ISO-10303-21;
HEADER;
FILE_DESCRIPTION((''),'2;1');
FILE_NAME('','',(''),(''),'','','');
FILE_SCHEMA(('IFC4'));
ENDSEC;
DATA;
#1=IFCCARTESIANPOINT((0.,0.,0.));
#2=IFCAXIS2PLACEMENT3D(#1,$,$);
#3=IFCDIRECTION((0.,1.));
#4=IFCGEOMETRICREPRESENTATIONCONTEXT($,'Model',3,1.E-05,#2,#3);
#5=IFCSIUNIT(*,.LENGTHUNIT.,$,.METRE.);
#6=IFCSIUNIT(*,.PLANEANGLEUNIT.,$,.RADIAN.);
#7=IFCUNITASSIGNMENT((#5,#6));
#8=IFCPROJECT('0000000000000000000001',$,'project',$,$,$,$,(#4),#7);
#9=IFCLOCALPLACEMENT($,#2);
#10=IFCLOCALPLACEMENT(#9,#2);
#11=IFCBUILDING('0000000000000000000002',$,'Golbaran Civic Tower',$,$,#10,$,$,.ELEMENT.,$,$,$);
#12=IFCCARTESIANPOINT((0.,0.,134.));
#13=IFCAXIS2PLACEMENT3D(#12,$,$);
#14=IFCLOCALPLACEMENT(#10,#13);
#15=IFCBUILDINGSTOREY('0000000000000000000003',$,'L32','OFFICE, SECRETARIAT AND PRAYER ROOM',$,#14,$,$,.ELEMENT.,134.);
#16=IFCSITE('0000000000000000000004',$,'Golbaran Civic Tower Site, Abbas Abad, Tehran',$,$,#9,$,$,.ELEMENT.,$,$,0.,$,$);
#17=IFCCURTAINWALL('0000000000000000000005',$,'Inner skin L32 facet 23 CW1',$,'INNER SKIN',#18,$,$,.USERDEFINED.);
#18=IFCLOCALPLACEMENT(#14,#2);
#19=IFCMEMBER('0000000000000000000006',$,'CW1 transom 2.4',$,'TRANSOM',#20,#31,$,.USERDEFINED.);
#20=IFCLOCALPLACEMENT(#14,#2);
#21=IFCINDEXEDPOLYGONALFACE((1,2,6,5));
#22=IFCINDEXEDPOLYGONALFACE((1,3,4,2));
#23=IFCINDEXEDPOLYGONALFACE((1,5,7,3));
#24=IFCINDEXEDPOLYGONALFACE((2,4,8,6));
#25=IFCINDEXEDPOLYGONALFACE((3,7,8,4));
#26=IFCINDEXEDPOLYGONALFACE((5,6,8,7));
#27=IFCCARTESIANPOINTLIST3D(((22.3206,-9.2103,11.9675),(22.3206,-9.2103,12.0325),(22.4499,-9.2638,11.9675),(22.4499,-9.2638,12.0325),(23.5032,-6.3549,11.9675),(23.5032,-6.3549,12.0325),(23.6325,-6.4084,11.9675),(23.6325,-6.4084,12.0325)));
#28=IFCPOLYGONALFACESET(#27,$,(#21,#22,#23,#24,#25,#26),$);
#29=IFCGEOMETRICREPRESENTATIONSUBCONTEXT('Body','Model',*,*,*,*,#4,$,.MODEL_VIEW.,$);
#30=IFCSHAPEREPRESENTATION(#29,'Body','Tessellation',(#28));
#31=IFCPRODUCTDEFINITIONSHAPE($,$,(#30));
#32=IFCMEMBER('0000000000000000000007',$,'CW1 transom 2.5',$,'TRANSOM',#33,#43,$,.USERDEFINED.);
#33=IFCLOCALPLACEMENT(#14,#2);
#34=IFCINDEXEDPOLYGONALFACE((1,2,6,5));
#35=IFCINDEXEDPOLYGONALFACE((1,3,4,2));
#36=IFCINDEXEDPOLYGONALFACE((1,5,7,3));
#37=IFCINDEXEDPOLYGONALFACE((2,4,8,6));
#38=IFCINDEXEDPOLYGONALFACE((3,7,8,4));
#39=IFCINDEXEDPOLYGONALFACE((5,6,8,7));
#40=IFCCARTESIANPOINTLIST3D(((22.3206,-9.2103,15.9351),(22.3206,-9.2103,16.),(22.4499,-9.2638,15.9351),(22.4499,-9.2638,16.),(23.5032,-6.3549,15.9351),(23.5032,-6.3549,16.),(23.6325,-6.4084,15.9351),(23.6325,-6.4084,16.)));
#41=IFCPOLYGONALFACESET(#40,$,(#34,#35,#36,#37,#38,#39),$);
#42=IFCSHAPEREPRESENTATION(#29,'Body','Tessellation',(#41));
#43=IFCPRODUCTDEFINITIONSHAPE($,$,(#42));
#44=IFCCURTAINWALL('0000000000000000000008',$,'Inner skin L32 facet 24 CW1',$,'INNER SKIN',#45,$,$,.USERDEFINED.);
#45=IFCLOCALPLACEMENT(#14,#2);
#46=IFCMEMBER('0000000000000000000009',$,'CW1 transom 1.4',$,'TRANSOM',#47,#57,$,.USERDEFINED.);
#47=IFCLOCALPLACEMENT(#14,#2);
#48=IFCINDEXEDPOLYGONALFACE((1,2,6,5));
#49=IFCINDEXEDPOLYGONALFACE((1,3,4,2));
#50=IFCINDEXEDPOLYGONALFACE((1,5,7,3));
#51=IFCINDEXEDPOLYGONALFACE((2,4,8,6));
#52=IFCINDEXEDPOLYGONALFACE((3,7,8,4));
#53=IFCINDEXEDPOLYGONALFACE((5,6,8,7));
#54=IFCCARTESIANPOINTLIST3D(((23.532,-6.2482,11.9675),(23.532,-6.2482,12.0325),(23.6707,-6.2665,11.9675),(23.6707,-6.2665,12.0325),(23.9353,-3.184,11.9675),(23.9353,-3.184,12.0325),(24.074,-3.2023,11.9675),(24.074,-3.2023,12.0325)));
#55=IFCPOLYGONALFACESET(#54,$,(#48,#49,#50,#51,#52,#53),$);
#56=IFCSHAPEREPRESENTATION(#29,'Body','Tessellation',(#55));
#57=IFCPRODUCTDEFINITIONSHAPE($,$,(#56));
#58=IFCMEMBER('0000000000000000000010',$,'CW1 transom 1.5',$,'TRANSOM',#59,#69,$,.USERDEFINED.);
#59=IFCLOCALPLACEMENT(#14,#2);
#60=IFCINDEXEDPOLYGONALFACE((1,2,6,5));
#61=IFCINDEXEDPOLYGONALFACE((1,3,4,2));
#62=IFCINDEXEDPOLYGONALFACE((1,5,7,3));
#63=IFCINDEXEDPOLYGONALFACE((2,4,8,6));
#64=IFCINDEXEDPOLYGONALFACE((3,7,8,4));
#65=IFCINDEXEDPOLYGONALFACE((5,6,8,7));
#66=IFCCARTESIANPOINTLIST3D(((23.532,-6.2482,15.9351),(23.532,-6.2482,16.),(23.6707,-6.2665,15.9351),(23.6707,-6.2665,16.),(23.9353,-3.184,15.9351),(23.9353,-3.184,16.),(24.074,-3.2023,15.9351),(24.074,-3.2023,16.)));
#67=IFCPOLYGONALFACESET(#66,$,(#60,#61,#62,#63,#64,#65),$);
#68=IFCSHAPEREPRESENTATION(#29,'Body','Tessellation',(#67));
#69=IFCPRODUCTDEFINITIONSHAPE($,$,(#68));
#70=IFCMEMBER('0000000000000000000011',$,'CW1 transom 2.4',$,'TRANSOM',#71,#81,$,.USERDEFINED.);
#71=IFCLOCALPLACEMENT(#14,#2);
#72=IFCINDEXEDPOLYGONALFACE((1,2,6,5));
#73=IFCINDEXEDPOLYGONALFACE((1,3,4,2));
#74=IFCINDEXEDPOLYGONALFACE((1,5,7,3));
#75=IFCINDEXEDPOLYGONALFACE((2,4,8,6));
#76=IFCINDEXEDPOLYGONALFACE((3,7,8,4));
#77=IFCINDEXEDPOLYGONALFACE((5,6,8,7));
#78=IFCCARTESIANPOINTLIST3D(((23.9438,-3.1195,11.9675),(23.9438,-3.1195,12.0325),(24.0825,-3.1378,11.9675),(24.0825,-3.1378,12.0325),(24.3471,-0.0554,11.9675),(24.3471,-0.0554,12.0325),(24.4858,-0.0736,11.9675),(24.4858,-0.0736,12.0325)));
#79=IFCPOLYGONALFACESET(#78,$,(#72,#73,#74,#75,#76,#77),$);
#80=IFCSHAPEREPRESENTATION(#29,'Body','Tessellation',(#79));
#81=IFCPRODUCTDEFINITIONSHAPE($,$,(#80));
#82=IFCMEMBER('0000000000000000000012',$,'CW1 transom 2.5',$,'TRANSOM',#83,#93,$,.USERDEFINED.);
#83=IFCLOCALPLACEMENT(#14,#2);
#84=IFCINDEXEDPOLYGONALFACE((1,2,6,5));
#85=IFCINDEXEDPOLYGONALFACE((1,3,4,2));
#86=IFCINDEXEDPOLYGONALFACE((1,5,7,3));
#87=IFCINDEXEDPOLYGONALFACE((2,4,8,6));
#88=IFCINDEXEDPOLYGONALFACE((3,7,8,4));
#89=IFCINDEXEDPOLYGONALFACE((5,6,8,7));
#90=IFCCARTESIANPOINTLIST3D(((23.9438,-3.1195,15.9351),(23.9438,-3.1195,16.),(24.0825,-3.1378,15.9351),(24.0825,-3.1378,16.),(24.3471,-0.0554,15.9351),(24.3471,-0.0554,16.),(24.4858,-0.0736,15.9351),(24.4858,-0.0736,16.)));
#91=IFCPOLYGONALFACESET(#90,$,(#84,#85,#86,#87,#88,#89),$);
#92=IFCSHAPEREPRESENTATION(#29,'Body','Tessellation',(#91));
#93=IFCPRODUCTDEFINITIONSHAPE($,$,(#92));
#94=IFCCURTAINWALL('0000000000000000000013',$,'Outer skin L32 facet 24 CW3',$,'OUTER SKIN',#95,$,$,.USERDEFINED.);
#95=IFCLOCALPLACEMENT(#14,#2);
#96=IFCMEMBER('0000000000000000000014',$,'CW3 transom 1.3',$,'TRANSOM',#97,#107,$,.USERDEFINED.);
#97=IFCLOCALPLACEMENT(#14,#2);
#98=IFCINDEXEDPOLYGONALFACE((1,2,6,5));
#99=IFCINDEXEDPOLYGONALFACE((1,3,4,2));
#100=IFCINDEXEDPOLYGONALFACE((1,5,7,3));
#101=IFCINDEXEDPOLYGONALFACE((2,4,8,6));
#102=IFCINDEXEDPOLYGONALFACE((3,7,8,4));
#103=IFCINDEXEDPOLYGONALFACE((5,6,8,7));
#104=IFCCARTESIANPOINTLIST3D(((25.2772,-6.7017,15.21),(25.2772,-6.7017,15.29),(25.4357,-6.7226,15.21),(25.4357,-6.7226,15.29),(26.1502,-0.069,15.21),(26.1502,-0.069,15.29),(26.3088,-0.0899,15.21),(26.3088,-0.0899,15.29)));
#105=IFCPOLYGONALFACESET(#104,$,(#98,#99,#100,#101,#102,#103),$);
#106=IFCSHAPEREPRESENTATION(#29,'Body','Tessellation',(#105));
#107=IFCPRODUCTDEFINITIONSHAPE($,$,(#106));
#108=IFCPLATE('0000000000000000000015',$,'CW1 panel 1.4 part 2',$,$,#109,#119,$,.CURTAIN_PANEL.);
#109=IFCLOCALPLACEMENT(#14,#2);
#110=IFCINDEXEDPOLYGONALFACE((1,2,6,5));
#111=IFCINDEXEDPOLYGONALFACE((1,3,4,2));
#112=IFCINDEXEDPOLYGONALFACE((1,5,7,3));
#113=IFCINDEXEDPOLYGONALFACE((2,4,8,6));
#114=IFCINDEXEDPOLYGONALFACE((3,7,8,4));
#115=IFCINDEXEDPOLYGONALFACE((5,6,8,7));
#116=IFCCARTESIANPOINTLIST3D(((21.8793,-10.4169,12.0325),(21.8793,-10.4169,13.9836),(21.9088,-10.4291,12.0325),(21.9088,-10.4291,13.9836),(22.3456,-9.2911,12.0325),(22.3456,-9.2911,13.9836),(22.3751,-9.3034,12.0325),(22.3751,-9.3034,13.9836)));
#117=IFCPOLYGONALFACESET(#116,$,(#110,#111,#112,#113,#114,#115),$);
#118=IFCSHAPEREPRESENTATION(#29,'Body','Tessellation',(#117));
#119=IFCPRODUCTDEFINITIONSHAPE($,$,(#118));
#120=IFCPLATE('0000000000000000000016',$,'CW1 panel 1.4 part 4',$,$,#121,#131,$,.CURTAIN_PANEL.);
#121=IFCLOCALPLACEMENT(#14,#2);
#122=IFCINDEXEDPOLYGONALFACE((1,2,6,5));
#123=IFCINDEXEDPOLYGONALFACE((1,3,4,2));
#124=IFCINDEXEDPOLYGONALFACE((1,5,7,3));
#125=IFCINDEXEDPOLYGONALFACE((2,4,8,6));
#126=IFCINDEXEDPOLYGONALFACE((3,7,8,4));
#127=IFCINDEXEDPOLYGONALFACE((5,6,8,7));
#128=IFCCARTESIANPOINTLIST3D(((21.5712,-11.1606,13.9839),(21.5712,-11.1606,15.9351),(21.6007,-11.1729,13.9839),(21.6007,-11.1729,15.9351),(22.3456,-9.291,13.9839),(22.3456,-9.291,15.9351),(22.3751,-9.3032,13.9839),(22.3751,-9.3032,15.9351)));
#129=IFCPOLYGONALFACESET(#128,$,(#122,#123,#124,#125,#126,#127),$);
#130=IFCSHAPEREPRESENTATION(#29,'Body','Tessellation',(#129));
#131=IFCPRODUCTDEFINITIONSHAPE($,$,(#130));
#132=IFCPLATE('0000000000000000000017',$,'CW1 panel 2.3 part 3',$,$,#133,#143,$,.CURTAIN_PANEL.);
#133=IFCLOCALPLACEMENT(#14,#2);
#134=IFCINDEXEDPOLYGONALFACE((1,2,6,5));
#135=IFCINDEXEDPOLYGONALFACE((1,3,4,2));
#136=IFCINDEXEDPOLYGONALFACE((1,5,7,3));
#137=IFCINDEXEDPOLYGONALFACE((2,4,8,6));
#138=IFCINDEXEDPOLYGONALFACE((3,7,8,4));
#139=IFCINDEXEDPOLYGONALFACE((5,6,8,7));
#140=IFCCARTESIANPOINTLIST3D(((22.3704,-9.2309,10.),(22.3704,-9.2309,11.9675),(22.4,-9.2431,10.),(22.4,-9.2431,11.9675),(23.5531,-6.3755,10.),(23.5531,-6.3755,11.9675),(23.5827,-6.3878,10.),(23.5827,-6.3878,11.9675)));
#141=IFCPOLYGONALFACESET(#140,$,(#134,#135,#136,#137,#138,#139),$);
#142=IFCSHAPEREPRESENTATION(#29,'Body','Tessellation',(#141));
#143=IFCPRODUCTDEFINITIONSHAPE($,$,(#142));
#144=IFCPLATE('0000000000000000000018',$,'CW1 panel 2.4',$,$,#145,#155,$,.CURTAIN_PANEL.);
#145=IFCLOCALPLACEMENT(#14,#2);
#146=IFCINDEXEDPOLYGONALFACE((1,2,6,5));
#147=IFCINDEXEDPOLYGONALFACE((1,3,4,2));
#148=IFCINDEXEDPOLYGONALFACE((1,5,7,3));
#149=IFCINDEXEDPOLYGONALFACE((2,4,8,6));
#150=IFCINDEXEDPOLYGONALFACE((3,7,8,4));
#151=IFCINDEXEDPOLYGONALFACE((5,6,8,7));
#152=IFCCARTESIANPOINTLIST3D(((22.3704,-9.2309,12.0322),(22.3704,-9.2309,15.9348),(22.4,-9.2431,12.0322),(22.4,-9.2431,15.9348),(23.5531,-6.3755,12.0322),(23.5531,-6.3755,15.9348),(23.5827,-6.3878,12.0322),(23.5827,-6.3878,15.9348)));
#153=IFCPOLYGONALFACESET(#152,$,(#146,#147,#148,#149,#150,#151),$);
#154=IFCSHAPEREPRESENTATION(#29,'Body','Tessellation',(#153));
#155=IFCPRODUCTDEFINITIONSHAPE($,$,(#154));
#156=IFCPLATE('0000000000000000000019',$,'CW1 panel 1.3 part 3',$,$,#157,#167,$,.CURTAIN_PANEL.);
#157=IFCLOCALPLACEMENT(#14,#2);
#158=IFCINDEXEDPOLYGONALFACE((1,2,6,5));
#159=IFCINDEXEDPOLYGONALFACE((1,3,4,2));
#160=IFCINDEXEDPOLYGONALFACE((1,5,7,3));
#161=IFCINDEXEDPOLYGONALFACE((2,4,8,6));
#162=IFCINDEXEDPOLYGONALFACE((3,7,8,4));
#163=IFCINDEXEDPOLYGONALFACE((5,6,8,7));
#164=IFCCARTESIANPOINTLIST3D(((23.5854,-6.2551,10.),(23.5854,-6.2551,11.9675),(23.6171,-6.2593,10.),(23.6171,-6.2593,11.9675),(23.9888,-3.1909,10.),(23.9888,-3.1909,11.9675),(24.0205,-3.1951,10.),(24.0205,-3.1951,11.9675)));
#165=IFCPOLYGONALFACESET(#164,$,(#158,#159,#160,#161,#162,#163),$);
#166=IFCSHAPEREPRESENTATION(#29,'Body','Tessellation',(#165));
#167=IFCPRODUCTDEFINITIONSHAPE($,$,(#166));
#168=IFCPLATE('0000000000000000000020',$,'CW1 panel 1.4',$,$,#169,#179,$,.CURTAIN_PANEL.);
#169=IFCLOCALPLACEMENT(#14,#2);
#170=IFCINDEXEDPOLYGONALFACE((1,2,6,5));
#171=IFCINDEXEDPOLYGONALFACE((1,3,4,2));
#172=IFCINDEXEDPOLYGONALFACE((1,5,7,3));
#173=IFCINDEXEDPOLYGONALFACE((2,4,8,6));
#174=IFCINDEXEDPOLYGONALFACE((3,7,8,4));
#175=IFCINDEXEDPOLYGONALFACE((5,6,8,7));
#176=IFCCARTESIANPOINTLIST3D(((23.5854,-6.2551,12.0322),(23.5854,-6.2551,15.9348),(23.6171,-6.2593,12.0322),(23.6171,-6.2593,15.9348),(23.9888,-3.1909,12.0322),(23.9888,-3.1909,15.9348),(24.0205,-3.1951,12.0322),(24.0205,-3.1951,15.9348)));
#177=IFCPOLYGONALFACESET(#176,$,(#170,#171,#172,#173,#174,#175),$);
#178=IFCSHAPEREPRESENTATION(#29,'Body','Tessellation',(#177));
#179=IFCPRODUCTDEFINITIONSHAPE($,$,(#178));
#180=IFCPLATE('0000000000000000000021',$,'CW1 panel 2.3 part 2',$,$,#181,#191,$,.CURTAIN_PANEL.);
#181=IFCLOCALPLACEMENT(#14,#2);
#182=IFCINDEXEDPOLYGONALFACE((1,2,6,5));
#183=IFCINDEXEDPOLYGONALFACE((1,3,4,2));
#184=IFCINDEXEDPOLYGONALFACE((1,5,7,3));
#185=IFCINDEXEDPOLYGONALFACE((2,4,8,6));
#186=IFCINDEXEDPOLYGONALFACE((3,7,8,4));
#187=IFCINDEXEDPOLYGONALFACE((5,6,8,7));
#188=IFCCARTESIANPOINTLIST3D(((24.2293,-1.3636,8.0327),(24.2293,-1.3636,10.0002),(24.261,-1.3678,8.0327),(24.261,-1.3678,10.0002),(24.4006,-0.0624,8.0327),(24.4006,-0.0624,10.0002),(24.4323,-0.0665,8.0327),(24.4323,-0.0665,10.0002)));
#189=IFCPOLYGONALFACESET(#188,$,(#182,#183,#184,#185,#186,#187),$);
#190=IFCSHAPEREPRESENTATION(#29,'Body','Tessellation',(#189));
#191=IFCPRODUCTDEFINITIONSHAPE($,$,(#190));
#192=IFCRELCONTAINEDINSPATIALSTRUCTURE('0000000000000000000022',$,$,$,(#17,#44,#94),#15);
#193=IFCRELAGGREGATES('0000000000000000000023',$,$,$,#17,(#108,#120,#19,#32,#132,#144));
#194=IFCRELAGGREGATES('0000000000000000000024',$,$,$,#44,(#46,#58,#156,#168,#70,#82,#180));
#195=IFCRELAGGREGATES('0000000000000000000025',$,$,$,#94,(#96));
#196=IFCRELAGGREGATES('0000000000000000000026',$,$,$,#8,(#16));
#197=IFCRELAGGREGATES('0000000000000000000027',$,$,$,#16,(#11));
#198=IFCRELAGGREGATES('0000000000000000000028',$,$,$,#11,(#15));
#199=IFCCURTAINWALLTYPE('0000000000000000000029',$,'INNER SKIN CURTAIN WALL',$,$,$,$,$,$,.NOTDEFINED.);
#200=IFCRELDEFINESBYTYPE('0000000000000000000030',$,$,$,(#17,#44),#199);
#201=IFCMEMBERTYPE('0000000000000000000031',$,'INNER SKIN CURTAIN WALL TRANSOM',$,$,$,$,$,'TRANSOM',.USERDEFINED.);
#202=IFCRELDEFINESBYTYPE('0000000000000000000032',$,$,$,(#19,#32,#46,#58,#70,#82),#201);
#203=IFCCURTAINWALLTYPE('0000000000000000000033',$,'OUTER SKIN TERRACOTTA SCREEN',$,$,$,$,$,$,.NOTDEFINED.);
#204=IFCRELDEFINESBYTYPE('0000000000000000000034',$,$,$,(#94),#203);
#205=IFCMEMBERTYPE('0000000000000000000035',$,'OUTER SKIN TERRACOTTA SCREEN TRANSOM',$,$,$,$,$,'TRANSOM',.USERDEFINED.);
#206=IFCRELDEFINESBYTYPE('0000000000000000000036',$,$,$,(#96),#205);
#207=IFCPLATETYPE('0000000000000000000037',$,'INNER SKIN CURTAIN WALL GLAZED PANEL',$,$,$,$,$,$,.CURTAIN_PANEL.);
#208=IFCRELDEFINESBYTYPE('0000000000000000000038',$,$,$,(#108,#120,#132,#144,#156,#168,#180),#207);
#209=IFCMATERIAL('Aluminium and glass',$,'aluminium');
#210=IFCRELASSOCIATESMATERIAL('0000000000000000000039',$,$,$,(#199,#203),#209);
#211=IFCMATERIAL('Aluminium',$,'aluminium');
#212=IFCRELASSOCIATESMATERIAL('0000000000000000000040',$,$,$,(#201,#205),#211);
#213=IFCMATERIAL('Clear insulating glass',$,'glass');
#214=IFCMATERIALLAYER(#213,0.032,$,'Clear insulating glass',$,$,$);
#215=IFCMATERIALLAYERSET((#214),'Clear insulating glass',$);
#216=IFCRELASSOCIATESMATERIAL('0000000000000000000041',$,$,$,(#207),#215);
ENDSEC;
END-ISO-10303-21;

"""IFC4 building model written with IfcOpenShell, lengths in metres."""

from ifc_helpers import new_model, si_unit, direction, frame, origin, origin_2d, place, context, subcontext, project, spatial, rectangle, extrude, material, layer, layer_set, material_profile, profile_set, type_object, element, aggregate, save


model = new_model("IFC4")

# Units and contexts
model_context = context("Model", 3, precision=1e-05, world=origin(), true_north=direction((0.0, 1.0)))
body_context = subcontext(model_context, "Body", "Model", "MODEL_VIEW")
ifc_project = project(units=[si_unit("LENGTHUNIT", "METRE"), si_unit("PLANEANGLEUNIT", "RADIAN")], contexts=[model_context])

# Site, building, storey
site_placement = place(None, origin())
site = spatial("IfcSite", under=ifc_project, at=site_placement, Name="Golbaran Civic Tower Site, Abbas Abad, Tehran", CompositionType="ELEMENT", RefElevation=0.0)
building_placement = place(site_placement, origin())
building = spatial("IfcBuilding", under=site, at=building_placement, Name="Golbaran Civic Tower", CompositionType="ELEMENT")
storey_placement = place(building_placement, frame((0.0, 0.0, 134.0)))
storey = spatial("IfcBuildingStorey", under=building, at=storey_placement, Name="L32", Description="OFFICE, SECRETARIAT AND PRAYER ROOM", CompositionType="ELEMENT", Elevation=134.0)

# Curtain walls, members
ifc_material_1 = material(Name="Aluminium and glass", Category="aluminium")
curtain_wall_type_1 = type_object("IfcCurtainWallType", Name="INNER SKIN CURTAIN WALL", PredefinedType="NOTDEFINED", material=ifc_material_1)
curtain_wall_1_placement = place(storey_placement, origin())
curtain_wall_1 = element("IfcCurtainWall", 1, at=curtain_wall_1_placement, inside=storey, type_object=curtain_wall_type_1, Name="Inner skin L32 facet 23 CW1", ObjectType="INNER SKIN", PredefinedType="USERDEFINED")
ifc_material_2 = material(Name="Aluminium", Category="aluminium")
ifc_material_profile_1 = material_profile(ifc_material_2, rectangle(XDim=0.1399, YDim=0.0649, at=origin_2d()), Name="INNER SKIN CURTAIN WALL TRANSOM")
ifc_profile_set_1 = profile_set([ifc_material_profile_1], Name="Aluminium")
member_type_1 = type_object("IfcMemberType", Name="INNER SKIN CURTAIN WALL TRANSOM", ElementType="TRANSOM", PredefinedType="USERDEFINED", material=ifc_profile_set_1)
member_1_placement = place(storey_placement, frame((22.3853, -9.2371, 12.0), z_axis=(0.38264, 0.923897, 0.0), x_axis=(-0.923897, 0.38264, 0.0)))
member_1 = element("IfcMember", 2, at=member_1_placement, type_object=member_type_1, Name="CW1 transom 2.4", ObjectType="TRANSOM", PredefinedType="USERDEFINED", context=body_context, shape_type="SweptSolid", body=[
    extrude(rectangle(XDim=0.1399, YDim=0.0649, at=origin_2d()), origin(), (0.0, 0.0, 1.0), 3.0906),
])
member_2_placement = place(storey_placement, frame((22.3853, -9.2371, 15.9675), z_axis=(0.38264, 0.923897, 0.0), x_axis=(-0.923897, 0.38264, 0.0)))
member_2 = element("IfcMember", 3, at=member_2_placement, type_object=member_type_1, Name="CW1 transom 2.5", ObjectType="TRANSOM", PredefinedType="USERDEFINED", context=body_context, shape_type="SweptSolid", body=[
    extrude(rectangle(XDim=0.1399, YDim=0.0649, at=origin_2d()), origin(), (0.0, 0.0, 1.0), 3.0906),
])
curtain_wall_2_placement = place(storey_placement, origin())
curtain_wall_2 = element("IfcCurtainWall", 4, at=curtain_wall_2_placement, inside=storey, type_object=curtain_wall_type_1, Name="Inner skin L32 facet 24 CW1", ObjectType="INNER SKIN", PredefinedType="USERDEFINED")
member_3_placement = place(storey_placement, frame((23.6013, -6.2573, 12.0), z_axis=(0.130497, 0.991449, 0.0), x_axis=(-0.991449, 0.130497, 0.0)))
member_3 = element("IfcMember", 5, at=member_3_placement, type_object=member_type_1, Name="CW1 transom 1.4", ObjectType="TRANSOM", PredefinedType="USERDEFINED", context=body_context, shape_type="SweptSolid", body=[
    extrude(rectangle(XDim=0.1399, YDim=0.0649, at=origin_2d()), origin(), (0.0, 0.0, 1.0), 3.0906),
])
member_4_placement = place(storey_placement, frame((23.6013, -6.2573, 15.9675), z_axis=(0.130497, 0.991449, 0.0), x_axis=(-0.991449, 0.130497, 0.0)))
member_4 = element("IfcMember", 6, at=member_4_placement, type_object=member_type_1, Name="CW1 transom 1.5", ObjectType="TRANSOM", PredefinedType="USERDEFINED", context=body_context, shape_type="SweptSolid", body=[
    extrude(rectangle(XDim=0.1399, YDim=0.0649, at=origin_2d()), origin(), (0.0, 0.0, 1.0), 3.0906),
])
member_5_placement = place(storey_placement, frame((24.0132, -3.1287, 12.0), z_axis=(0.130497, 0.991449, 0.0), x_axis=(-0.991449, 0.130497, 0.0)))
member_5 = element("IfcMember", 7, at=member_5_placement, type_object=member_type_1, Name="CW1 transom 2.4", ObjectType="TRANSOM", PredefinedType="USERDEFINED", context=body_context, shape_type="SweptSolid", body=[
    extrude(rectangle(XDim=0.1399, YDim=0.0649, at=origin_2d()), origin(), (0.0, 0.0, 1.0), 3.0906),
])
member_6_placement = place(storey_placement, frame((24.0132, -3.1287, 15.9675), z_axis=(0.130497, 0.991449, 0.0), x_axis=(-0.991449, 0.130497, 0.0)))
member_6 = element("IfcMember", 8, at=member_6_placement, type_object=member_type_1, Name="CW1 transom 2.5", ObjectType="TRANSOM", PredefinedType="USERDEFINED", context=body_context, shape_type="SweptSolid", body=[
    extrude(rectangle(XDim=0.1399, YDim=0.0649, at=origin_2d()), origin(), (0.0, 0.0, 1.0), 3.0906),
])

# Curtain wall, member
curtain_wall_type_2 = type_object("IfcCurtainWallType", Name="OUTER SKIN TERRACOTTA SCREEN", PredefinedType="NOTDEFINED", material=ifc_material_1)
curtain_wall_3_placement = place(storey_placement, origin())
curtain_wall_3 = element("IfcCurtainWall", 9, at=curtain_wall_3_placement, inside=storey, type_object=curtain_wall_type_2, Name="Outer skin L32 facet 24 CW3", ObjectType="OUTER SKIN", PredefinedType="USERDEFINED")
ifc_material_profile_2 = material_profile(ifc_material_2, rectangle(XDim=0.1599, YDim=0.0801, at=origin_2d()), Name="OUTER SKIN TERRACOTTA SCREEN TRANSOM")
ifc_profile_set_2 = profile_set([ifc_material_profile_2], Name="Aluminium")
member_type_2 = type_object("IfcMemberType", Name="OUTER SKIN TERRACOTTA SCREEN TRANSOM", ElementType="TRANSOM", PredefinedType="USERDEFINED", material=ifc_profile_set_2)
member_7_placement = place(storey_placement, frame((25.3564, -6.7122, 15.25), z_axis=(0.1305, 0.991448, 0.0), x_axis=(-0.991448, 0.1305, 0.0)))
member_7 = element("IfcMember", 10, at=member_7_placement, type_object=member_type_2, Name="CW3 transom 1.3", ObjectType="TRANSOM", PredefinedType="USERDEFINED", context=body_context, shape_type="SweptSolid", body=[
    extrude(rectangle(XDim=0.1599, YDim=0.0801, at=origin_2d()), origin(), (0.0, 0.0, 1.0), 6.6899),
])

# Plates
ifc_material_3 = material(Name="Clear insulating glass", Category="glass")
ifc_layer_1 = layer(ifc_material_3, 0.032, Name="Clear insulating glass")
ifc_layer_set_1 = layer_set([ifc_layer_1], Name="Clear insulating glass")
plate_type_1 = type_object("IfcPlateType", Name="INNER SKIN CURTAIN WALL GLAZED PANEL", PredefinedType="CURTAIN_PANEL", material=ifc_layer_set_1)
plate_1_placement = place(storey_placement, frame((22.1272, -9.8601, 12.0325), z_axis=(0.0, 0.0, 1.0), x_axis=(0.382683, 0.92388, 0.0)))
plate_1 = element("IfcPlate", 11, at=plate_1_placement, type_object=plate_type_1, Name="CW1 panel 1.4 part 2", PredefinedType="CURTAIN_PANEL", context=body_context, shape_type="SweptSolid", body=[
    extrude(rectangle(XDim=1.2185, YDim=0.032, at=origin_2d()), origin(), (0.0, 0.0, 1.0), 1.9512),
])
plate_2_placement = place(storey_placement, frame((21.9731, -10.2319, 13.9839), z_axis=(0.0, 0.0, 1.0), x_axis=(0.382683, 0.92388, 0.0)))
plate_2 = element("IfcPlate", 12, at=plate_2_placement, type_object=plate_type_1, Name="CW1 panel 1.4 part 4", PredefinedType="CURTAIN_PANEL", context=body_context, shape_type="SweptSolid", body=[
    extrude(rectangle(XDim=2.0237, YDim=0.032, at=origin_2d()), origin(), (0.0, 0.0, 1.0), 1.9512),
])
plate_3_placement = place(storey_placement, frame((22.9766, -7.8093, 10.0), z_axis=(0.0, 0.0, 1.0), x_axis=(0.382683, 0.92388, 0.0)))
plate_3 = element("IfcPlate", 13, at=plate_3_placement, type_object=plate_type_1, Name="CW1 panel 2.3 part 3", PredefinedType="CURTAIN_PANEL", context=body_context, shape_type="SweptSolid", body=[
    extrude(rectangle(XDim=3.0906, YDim=0.032, at=origin_2d()), origin(), (0.0, 0.0, 1.0), 1.9675),
])
plate_4_placement = place(storey_placement, frame((22.9766, -7.8093, 12.0322), z_axis=(0.0, 0.0, 1.0), x_axis=(0.382683, 0.92388, 0.0)))
plate_4 = element("IfcPlate", 14, at=plate_4_placement, type_object=plate_type_1, Name="CW1 panel 2.4", PredefinedType="CURTAIN_PANEL", context=body_context, shape_type="SweptSolid", body=[
    extrude(rectangle(XDim=3.0906, YDim=0.032, at=origin_2d()), origin(), (0.0, 0.0, 1.0), 3.9026),
])
aggregate(curtain_wall_1, [plate_1, plate_2, member_1, member_2, plate_3, plate_4])
plate_5_placement = place(storey_placement, frame((23.803, -4.7251, 10.0), z_axis=(0.0, 0.0, 1.0), x_axis=(0.130526, 0.991445, 0.0)))
plate_5 = element("IfcPlate", 15, at=plate_5_placement, type_object=plate_type_1, Name="CW1 panel 1.3 part 3", PredefinedType="CURTAIN_PANEL", context=body_context, shape_type="SweptSolid", body=[
    extrude(rectangle(XDim=3.0906, YDim=0.032, at=origin_2d()), origin(), (0.0, 0.0, 1.0), 1.9675),
])
plate_6_placement = place(storey_placement, frame((23.803, -4.7251, 12.0322), z_axis=(0.0, 0.0, 1.0), x_axis=(0.130526, 0.991445, 0.0)))
plate_6 = element("IfcPlate", 16, at=plate_6_placement, type_object=plate_type_1, Name="CW1 panel 1.4", PredefinedType="CURTAIN_PANEL", context=body_context, shape_type="SweptSolid", body=[
    extrude(rectangle(XDim=3.0906, YDim=0.032, at=origin_2d()), origin(), (0.0, 0.0, 1.0), 3.9026),
])
plate_7_placement = place(storey_placement, frame((24.3308, -0.7151, 8.0327), z_axis=(0.0, 0.0, 1.0), x_axis=(0.130526, 0.991445, 0.0)))
plate_7 = element("IfcPlate", 17, at=plate_7_placement, type_object=plate_type_1, Name="CW1 panel 2.3 part 2", PredefinedType="CURTAIN_PANEL", context=body_context, shape_type="SweptSolid", body=[
    extrude(rectangle(XDim=1.3125, YDim=0.032, at=origin_2d()), origin(), (0.0, 0.0, 1.0), 1.9675),
])
aggregate(curtain_wall_2, [member_3, member_4, plate_5, plate_6, member_5, member_6, plate_7])
aggregate(curtain_wall_3, [member_7])

save(model, "model.ifc")
